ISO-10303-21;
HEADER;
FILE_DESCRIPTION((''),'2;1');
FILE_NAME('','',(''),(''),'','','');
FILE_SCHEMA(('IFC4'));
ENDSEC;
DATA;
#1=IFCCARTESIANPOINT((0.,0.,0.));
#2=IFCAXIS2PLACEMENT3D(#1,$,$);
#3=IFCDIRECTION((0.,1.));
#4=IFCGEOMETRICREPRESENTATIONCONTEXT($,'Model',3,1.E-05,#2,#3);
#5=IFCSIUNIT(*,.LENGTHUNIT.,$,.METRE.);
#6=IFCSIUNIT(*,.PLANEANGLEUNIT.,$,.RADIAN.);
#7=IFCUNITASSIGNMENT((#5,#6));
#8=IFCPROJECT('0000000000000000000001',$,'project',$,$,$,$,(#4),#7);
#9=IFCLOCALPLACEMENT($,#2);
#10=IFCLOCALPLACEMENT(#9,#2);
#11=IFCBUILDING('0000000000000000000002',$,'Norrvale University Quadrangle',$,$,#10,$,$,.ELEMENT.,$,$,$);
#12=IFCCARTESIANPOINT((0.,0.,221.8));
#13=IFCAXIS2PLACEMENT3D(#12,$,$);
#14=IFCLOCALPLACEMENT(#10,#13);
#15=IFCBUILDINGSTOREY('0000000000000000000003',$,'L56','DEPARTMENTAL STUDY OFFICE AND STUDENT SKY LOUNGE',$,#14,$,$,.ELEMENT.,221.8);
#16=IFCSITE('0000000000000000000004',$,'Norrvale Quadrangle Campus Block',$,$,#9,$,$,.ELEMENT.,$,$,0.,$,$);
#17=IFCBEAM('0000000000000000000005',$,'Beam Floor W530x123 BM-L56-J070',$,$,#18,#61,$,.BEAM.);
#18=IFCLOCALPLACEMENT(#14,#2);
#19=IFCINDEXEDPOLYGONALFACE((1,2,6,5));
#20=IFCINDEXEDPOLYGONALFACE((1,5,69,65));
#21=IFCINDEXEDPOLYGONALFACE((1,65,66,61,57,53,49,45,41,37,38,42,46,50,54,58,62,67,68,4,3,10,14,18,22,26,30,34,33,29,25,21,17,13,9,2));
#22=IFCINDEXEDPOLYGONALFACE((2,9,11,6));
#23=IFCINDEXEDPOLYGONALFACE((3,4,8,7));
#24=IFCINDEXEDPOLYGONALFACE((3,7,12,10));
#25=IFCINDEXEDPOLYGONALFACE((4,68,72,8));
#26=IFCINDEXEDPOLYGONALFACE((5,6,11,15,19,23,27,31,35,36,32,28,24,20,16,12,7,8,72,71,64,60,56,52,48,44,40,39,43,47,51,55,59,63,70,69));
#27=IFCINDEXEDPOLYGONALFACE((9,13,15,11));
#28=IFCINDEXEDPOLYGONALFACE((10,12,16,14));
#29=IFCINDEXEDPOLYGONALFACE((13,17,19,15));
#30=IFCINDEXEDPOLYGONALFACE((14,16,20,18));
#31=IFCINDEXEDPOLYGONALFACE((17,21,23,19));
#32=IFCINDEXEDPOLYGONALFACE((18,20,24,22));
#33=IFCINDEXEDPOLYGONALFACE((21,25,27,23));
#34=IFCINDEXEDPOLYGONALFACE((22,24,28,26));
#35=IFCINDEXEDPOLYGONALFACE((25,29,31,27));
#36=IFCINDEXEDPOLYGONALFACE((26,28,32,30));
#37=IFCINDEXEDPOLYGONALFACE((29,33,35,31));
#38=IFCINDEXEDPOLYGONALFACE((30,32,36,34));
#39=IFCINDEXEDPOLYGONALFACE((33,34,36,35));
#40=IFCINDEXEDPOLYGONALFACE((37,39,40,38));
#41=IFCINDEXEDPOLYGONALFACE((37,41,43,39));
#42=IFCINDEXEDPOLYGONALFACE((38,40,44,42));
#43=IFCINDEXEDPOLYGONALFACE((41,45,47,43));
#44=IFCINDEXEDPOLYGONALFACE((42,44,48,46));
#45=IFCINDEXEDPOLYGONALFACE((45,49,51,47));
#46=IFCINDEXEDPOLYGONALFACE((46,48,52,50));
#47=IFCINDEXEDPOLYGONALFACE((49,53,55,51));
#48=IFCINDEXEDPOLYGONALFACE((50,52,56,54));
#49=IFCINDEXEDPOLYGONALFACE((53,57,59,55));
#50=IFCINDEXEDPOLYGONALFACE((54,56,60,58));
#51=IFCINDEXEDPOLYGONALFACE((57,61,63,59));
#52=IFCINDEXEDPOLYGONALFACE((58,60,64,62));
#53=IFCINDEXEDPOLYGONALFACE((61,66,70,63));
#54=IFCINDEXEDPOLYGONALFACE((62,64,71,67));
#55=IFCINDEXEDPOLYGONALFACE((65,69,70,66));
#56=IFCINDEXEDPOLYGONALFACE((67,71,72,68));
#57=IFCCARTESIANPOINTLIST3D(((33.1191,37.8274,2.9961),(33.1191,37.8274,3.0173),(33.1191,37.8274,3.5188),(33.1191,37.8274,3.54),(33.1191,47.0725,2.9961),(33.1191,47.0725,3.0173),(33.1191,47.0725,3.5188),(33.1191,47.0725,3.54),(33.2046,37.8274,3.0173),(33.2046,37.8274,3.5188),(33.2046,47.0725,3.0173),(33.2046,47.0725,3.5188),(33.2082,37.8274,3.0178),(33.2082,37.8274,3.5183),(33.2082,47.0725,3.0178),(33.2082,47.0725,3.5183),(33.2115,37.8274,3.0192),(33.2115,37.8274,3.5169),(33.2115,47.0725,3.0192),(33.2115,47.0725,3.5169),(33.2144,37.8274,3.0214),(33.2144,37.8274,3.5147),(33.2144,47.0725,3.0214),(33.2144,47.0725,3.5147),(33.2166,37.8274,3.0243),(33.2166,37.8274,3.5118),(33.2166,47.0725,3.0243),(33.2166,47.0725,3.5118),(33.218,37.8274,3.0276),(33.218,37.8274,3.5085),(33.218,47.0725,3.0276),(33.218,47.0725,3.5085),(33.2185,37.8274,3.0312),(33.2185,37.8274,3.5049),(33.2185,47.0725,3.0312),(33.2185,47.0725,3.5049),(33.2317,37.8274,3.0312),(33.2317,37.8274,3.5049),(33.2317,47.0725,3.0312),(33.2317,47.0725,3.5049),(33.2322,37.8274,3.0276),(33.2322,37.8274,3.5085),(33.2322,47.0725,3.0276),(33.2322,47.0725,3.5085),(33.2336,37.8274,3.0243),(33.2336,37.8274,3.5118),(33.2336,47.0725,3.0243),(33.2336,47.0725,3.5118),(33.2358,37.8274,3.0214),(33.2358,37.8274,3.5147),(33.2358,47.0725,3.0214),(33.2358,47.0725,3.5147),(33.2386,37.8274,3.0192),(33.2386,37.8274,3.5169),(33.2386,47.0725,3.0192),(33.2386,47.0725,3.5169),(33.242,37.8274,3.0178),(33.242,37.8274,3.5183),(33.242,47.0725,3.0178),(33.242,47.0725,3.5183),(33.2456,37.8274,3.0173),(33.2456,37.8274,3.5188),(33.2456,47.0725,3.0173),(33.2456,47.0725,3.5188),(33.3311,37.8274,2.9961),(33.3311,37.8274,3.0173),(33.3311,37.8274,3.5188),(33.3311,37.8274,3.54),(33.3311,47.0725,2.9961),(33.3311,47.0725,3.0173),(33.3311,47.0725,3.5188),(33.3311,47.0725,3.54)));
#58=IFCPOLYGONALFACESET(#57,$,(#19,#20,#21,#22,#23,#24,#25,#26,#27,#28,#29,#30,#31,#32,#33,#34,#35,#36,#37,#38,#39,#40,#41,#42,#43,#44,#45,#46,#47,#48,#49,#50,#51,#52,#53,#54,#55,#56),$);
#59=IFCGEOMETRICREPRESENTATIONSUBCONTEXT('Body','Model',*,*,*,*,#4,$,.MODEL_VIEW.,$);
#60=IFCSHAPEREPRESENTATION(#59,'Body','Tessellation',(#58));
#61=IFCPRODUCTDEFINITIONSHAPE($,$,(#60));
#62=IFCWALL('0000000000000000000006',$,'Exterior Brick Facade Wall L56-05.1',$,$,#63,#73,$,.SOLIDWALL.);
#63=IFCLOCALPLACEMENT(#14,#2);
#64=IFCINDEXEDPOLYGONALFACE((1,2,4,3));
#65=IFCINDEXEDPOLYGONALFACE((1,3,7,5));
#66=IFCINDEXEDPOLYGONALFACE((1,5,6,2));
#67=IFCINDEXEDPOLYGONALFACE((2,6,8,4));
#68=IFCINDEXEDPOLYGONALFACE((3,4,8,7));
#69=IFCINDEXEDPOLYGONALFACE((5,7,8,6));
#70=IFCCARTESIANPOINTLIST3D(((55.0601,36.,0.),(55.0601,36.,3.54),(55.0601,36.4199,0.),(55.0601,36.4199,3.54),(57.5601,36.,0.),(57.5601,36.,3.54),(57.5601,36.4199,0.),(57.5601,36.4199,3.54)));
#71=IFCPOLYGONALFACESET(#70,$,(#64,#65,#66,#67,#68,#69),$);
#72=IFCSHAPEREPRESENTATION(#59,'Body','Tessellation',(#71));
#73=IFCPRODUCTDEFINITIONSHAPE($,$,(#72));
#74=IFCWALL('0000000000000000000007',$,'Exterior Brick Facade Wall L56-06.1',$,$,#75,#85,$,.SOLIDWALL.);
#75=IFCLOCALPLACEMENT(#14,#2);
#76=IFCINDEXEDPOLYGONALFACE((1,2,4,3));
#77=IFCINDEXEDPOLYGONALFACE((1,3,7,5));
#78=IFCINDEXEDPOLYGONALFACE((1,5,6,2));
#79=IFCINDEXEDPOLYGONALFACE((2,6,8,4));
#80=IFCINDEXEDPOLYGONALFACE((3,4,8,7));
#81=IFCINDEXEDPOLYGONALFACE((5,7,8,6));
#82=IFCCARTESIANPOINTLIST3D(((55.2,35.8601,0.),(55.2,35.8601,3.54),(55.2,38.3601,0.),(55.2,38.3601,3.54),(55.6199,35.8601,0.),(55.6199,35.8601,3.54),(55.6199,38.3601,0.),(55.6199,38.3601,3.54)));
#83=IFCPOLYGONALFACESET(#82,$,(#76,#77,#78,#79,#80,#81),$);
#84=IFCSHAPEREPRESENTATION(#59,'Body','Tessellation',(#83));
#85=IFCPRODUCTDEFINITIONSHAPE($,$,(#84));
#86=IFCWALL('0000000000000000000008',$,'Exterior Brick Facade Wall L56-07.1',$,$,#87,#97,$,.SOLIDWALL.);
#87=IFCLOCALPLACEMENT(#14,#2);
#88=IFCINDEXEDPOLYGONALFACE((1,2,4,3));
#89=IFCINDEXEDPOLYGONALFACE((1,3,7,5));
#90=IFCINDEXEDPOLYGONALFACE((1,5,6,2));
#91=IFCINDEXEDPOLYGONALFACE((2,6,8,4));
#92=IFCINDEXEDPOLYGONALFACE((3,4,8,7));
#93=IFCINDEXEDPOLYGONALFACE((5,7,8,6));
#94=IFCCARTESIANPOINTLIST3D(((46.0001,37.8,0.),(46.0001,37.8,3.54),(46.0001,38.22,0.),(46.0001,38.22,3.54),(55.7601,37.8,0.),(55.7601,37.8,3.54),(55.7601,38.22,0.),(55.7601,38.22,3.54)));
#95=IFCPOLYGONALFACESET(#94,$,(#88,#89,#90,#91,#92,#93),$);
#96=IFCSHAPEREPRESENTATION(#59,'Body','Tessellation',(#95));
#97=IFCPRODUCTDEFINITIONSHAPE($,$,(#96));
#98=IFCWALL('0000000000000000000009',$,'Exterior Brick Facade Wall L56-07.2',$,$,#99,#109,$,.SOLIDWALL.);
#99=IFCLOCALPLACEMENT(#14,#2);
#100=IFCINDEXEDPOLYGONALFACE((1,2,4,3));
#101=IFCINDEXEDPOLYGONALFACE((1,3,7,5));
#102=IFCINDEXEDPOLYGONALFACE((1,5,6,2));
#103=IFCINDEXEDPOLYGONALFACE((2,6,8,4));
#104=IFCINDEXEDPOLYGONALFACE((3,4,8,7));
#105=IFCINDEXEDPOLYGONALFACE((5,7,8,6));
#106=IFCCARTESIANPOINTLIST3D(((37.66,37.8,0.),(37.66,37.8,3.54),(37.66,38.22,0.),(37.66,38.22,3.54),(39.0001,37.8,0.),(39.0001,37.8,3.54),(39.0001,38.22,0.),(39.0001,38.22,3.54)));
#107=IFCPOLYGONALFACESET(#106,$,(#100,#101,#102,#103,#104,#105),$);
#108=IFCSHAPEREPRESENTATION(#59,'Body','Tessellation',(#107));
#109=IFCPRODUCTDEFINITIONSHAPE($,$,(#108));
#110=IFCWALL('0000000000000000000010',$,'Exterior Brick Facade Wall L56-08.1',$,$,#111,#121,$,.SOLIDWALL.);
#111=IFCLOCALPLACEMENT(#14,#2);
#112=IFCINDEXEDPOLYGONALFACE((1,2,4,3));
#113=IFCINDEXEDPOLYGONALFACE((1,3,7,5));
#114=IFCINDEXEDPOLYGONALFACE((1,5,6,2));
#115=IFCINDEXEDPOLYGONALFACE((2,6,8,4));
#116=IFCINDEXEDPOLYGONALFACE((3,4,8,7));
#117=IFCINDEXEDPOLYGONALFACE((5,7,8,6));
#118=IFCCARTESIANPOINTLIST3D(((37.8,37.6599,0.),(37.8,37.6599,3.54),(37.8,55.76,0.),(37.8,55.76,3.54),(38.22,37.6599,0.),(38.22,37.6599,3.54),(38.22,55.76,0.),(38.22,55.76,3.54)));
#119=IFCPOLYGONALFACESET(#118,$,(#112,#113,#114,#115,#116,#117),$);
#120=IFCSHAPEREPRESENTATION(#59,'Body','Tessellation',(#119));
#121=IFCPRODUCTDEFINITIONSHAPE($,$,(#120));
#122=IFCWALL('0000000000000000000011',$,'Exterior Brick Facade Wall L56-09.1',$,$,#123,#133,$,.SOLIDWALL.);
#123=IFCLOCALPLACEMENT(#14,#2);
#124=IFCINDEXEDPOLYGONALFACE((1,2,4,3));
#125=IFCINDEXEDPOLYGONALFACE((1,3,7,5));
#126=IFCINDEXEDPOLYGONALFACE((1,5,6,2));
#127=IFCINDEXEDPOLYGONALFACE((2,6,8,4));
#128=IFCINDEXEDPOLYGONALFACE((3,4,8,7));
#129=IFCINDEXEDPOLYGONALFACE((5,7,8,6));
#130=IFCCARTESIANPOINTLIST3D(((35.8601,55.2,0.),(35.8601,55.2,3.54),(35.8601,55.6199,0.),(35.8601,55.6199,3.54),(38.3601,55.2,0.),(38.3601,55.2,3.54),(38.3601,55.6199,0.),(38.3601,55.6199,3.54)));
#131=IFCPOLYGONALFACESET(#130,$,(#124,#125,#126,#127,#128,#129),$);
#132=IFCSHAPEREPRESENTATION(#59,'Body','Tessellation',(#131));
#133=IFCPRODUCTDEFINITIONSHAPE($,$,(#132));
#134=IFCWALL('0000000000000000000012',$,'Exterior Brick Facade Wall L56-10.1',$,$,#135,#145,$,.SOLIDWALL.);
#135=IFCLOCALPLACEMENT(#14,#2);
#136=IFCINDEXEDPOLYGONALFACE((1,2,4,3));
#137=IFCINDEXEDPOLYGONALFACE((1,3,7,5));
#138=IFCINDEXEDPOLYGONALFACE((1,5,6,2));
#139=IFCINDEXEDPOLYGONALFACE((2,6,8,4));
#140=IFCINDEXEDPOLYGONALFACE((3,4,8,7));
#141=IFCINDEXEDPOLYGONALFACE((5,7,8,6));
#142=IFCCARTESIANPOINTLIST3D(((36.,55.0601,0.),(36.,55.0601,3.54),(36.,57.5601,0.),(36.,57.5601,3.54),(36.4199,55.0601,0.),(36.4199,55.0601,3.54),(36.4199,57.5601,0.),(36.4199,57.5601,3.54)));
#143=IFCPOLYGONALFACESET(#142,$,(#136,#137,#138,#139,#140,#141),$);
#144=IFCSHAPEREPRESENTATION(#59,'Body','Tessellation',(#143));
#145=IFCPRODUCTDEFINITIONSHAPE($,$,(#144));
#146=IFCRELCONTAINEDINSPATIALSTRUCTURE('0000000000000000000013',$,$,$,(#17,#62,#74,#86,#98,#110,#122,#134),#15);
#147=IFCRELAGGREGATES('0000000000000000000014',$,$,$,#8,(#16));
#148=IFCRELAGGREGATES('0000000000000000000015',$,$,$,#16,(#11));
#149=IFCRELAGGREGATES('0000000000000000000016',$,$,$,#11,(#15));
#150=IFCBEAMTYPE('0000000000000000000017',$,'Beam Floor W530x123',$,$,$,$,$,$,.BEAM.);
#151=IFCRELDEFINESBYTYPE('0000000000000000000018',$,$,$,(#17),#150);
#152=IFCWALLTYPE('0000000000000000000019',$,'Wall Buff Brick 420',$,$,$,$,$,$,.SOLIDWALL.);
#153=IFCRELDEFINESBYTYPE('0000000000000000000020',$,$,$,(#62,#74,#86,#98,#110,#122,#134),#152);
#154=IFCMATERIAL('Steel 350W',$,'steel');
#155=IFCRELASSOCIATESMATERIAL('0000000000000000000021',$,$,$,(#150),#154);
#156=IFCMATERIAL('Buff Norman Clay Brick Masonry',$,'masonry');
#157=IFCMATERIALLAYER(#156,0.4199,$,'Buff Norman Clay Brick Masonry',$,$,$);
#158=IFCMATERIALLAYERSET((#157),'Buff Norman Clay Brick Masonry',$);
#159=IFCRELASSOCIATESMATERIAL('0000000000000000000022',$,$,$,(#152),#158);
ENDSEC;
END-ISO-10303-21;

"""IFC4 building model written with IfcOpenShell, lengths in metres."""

from ifc_helpers import new_model, si_unit, direction, frame, frame_2d, origin, origin_2d, place, context, subcontext, project, spatial, rectangle, i_section, extrude, material, layer, layer_set, material_profile, profile_set, type_object, element, save


model = new_model("IFC4")

# Units and contexts
model_context = context("Model", 3, precision=1e-05, world=origin(), true_north=direction((0.0, 1.0)))
body_context = subcontext(model_context, "Body", "Model", "MODEL_VIEW")
ifc_project = project(units=[si_unit("LENGTHUNIT", "METRE"), si_unit("PLANEANGLEUNIT", "RADIAN")], contexts=[model_context])

# Site, building, storey
site_placement = place(None, origin())
site = spatial("IfcSite", under=ifc_project, at=site_placement, Name="Norrvale Quadrangle Campus Block", CompositionType="ELEMENT", RefElevation=0.0)
building_placement = place(site_placement, origin())
building = spatial("IfcBuilding", under=site, at=building_placement, Name="Norrvale University Quadrangle", CompositionType="ELEMENT")
storey_placement = place(building_placement, frame((0.0, 0.0, 221.8)))
storey = spatial("IfcBuildingStorey", under=building, at=storey_placement, Name="L56", Description="DEPARTMENTAL STUDY OFFICE AND STUDENT SKY LOUNGE", CompositionType="ELEMENT", Elevation=221.8)

# Beam
ifc_material_1 = material(Name="Steel 350W", Category="steel")
ifc_material_profile_1 = material_profile(ifc_material_1, i_section(OverallWidth=0.2119, OverallDepth=0.5439, WebThickness=0.0132, FlangeThickness=0.0212, FilletRadius=0.0139, at=origin_2d()), Name="Steel 350W")
ifc_profile_set_1 = profile_set([ifc_material_profile_1], Name="Steel 350W")
beam_type_1 = type_object("IfcBeamType", Name="Beam Floor W530x123", PredefinedType="BEAM", material=ifc_profile_set_1)
beam_placement = place(storey_placement, frame((33.2251, 37.8274, 3.2681), z_axis=(0.0, 1.0, 0.0), x_axis=(-1.0, 0.0, 0.0)))
element("IfcBeam", 1, at=beam_placement, inside=storey, type_object=beam_type_1, Name="Beam Floor W530x123 BM-L56-J070", PredefinedType="BEAM", context=body_context, shape_type="SweptSolid", body=[
    extrude(i_section(OverallWidth=0.2119, OverallDepth=0.5439, WebThickness=0.0132, FlangeThickness=0.0212, FilletRadius=0.0139, at=origin_2d()), origin(), (0.0, 0.0, 1.0), 9.2451),
])

# Walls
ifc_material_2 = material(Name="Buff Norman Clay Brick Masonry", Category="masonry")
ifc_layer_1 = layer(ifc_material_2, 0.4199, Name="Buff Norman Clay Brick Masonry")
ifc_layer_set_1 = layer_set([ifc_layer_1], Name="Buff Norman Clay Brick Masonry")
wall_type_1 = type_object("IfcWallType", Name="Wall Buff Brick 420", PredefinedType="SOLIDWALL", material=ifc_layer_set_1)
for number, where, z_axis, x_axis, name in (
    (2, (57.5601, 36.21, 0.0), (0.0, 0.0, 1.0), (-1.0, 0.0, 0.0), "Exterior Brick Facade Wall L56-05.1"),
    (3, (55.4099, 35.8601, 0.0), (0.0, 0.0, 1.0), (0.0, 1.0, 0.0), "Exterior Brick Facade Wall L56-06.1"),
):
    element("IfcWall", number, at=place(storey_placement, frame(where, z_axis=z_axis, x_axis=x_axis)), inside=storey, type_object=wall_type_1, Name=name, PredefinedType="SOLIDWALL", context=body_context, shape_type="SweptSolid", body=[
        extrude(rectangle(XDim=2.5, YDim=0.4199, at=frame_2d((1.25, 0.0))), origin(), (0.0, 0.0, 1.0), 3.54),
    ])
wall_1_placement = place(storey_placement, frame((55.76, 38.01, 0.0), z_axis=(0.0, 0.0, 1.0), x_axis=(-1.0, 0.0, 0.0)))
element("IfcWall", 4, at=wall_1_placement, inside=storey, type_object=wall_type_1, Name="Exterior Brick Facade Wall L56-07.1", PredefinedType="SOLIDWALL", context=body_context, shape_type="SweptSolid", body=[
    extrude(rectangle(XDim=9.76, YDim=0.4199, at=frame_2d((4.8799, 0.0))), origin(), (0.0, 0.0, 1.0), 3.54),
])
wall_2_placement = place(storey_placement, frame((39.0, 38.01, 0.0), z_axis=(0.0, 0.0, 1.0), x_axis=(-1.0, 0.0, 0.0)))
element("IfcWall", 5, at=wall_2_placement, inside=storey, type_object=wall_type_1, Name="Exterior Brick Facade Wall L56-07.2", PredefinedType="SOLIDWALL", context=body_context, shape_type="SweptSolid", body=[
    extrude(rectangle(XDim=1.3401, YDim=0.4199, at=frame_2d((0.6699, 0.0))), origin(), (0.0, 0.0, 1.0), 3.54),
])
wall_3_placement = place(storey_placement, frame((38.01, 37.6599, 0.0), z_axis=(0.0, 0.0, 1.0), x_axis=(0.0, 1.0, 0.0)))
element("IfcWall", 6, at=wall_3_placement, inside=storey, type_object=wall_type_1, Name="Exterior Brick Facade Wall L56-08.1", PredefinedType="SOLIDWALL", context=body_context, shape_type="SweptSolid", body=[
    extrude(rectangle(XDim=18.1001, YDim=0.4199, at=frame_2d((9.05, 0.0))), origin(), (0.0, 0.0, 1.0), 3.54),
])
for number, where, z_axis, x_axis, name in (
    (7, (38.3601, 55.4099, 0.0), (0.0, 0.0, 1.0), (-1.0, 0.0, 0.0), "Exterior Brick Facade Wall L56-09.1"),
    (8, (36.21, 55.0601, 0.0), (0.0, 0.0, 1.0), (0.0, 1.0, 0.0), "Exterior Brick Facade Wall L56-10.1"),
):
    element("IfcWall", number, at=place(storey_placement, frame(where, z_axis=z_axis, x_axis=x_axis)), inside=storey, type_object=wall_type_1, Name=name, PredefinedType="SOLIDWALL", context=body_context, shape_type="SweptSolid", body=[
        extrude(rectangle(XDim=2.5, YDim=0.4199, at=frame_2d((1.25, 0.0))), origin(), (0.0, 0.0, 1.0), 3.54),
    ])

save(model, "model.ifc")
